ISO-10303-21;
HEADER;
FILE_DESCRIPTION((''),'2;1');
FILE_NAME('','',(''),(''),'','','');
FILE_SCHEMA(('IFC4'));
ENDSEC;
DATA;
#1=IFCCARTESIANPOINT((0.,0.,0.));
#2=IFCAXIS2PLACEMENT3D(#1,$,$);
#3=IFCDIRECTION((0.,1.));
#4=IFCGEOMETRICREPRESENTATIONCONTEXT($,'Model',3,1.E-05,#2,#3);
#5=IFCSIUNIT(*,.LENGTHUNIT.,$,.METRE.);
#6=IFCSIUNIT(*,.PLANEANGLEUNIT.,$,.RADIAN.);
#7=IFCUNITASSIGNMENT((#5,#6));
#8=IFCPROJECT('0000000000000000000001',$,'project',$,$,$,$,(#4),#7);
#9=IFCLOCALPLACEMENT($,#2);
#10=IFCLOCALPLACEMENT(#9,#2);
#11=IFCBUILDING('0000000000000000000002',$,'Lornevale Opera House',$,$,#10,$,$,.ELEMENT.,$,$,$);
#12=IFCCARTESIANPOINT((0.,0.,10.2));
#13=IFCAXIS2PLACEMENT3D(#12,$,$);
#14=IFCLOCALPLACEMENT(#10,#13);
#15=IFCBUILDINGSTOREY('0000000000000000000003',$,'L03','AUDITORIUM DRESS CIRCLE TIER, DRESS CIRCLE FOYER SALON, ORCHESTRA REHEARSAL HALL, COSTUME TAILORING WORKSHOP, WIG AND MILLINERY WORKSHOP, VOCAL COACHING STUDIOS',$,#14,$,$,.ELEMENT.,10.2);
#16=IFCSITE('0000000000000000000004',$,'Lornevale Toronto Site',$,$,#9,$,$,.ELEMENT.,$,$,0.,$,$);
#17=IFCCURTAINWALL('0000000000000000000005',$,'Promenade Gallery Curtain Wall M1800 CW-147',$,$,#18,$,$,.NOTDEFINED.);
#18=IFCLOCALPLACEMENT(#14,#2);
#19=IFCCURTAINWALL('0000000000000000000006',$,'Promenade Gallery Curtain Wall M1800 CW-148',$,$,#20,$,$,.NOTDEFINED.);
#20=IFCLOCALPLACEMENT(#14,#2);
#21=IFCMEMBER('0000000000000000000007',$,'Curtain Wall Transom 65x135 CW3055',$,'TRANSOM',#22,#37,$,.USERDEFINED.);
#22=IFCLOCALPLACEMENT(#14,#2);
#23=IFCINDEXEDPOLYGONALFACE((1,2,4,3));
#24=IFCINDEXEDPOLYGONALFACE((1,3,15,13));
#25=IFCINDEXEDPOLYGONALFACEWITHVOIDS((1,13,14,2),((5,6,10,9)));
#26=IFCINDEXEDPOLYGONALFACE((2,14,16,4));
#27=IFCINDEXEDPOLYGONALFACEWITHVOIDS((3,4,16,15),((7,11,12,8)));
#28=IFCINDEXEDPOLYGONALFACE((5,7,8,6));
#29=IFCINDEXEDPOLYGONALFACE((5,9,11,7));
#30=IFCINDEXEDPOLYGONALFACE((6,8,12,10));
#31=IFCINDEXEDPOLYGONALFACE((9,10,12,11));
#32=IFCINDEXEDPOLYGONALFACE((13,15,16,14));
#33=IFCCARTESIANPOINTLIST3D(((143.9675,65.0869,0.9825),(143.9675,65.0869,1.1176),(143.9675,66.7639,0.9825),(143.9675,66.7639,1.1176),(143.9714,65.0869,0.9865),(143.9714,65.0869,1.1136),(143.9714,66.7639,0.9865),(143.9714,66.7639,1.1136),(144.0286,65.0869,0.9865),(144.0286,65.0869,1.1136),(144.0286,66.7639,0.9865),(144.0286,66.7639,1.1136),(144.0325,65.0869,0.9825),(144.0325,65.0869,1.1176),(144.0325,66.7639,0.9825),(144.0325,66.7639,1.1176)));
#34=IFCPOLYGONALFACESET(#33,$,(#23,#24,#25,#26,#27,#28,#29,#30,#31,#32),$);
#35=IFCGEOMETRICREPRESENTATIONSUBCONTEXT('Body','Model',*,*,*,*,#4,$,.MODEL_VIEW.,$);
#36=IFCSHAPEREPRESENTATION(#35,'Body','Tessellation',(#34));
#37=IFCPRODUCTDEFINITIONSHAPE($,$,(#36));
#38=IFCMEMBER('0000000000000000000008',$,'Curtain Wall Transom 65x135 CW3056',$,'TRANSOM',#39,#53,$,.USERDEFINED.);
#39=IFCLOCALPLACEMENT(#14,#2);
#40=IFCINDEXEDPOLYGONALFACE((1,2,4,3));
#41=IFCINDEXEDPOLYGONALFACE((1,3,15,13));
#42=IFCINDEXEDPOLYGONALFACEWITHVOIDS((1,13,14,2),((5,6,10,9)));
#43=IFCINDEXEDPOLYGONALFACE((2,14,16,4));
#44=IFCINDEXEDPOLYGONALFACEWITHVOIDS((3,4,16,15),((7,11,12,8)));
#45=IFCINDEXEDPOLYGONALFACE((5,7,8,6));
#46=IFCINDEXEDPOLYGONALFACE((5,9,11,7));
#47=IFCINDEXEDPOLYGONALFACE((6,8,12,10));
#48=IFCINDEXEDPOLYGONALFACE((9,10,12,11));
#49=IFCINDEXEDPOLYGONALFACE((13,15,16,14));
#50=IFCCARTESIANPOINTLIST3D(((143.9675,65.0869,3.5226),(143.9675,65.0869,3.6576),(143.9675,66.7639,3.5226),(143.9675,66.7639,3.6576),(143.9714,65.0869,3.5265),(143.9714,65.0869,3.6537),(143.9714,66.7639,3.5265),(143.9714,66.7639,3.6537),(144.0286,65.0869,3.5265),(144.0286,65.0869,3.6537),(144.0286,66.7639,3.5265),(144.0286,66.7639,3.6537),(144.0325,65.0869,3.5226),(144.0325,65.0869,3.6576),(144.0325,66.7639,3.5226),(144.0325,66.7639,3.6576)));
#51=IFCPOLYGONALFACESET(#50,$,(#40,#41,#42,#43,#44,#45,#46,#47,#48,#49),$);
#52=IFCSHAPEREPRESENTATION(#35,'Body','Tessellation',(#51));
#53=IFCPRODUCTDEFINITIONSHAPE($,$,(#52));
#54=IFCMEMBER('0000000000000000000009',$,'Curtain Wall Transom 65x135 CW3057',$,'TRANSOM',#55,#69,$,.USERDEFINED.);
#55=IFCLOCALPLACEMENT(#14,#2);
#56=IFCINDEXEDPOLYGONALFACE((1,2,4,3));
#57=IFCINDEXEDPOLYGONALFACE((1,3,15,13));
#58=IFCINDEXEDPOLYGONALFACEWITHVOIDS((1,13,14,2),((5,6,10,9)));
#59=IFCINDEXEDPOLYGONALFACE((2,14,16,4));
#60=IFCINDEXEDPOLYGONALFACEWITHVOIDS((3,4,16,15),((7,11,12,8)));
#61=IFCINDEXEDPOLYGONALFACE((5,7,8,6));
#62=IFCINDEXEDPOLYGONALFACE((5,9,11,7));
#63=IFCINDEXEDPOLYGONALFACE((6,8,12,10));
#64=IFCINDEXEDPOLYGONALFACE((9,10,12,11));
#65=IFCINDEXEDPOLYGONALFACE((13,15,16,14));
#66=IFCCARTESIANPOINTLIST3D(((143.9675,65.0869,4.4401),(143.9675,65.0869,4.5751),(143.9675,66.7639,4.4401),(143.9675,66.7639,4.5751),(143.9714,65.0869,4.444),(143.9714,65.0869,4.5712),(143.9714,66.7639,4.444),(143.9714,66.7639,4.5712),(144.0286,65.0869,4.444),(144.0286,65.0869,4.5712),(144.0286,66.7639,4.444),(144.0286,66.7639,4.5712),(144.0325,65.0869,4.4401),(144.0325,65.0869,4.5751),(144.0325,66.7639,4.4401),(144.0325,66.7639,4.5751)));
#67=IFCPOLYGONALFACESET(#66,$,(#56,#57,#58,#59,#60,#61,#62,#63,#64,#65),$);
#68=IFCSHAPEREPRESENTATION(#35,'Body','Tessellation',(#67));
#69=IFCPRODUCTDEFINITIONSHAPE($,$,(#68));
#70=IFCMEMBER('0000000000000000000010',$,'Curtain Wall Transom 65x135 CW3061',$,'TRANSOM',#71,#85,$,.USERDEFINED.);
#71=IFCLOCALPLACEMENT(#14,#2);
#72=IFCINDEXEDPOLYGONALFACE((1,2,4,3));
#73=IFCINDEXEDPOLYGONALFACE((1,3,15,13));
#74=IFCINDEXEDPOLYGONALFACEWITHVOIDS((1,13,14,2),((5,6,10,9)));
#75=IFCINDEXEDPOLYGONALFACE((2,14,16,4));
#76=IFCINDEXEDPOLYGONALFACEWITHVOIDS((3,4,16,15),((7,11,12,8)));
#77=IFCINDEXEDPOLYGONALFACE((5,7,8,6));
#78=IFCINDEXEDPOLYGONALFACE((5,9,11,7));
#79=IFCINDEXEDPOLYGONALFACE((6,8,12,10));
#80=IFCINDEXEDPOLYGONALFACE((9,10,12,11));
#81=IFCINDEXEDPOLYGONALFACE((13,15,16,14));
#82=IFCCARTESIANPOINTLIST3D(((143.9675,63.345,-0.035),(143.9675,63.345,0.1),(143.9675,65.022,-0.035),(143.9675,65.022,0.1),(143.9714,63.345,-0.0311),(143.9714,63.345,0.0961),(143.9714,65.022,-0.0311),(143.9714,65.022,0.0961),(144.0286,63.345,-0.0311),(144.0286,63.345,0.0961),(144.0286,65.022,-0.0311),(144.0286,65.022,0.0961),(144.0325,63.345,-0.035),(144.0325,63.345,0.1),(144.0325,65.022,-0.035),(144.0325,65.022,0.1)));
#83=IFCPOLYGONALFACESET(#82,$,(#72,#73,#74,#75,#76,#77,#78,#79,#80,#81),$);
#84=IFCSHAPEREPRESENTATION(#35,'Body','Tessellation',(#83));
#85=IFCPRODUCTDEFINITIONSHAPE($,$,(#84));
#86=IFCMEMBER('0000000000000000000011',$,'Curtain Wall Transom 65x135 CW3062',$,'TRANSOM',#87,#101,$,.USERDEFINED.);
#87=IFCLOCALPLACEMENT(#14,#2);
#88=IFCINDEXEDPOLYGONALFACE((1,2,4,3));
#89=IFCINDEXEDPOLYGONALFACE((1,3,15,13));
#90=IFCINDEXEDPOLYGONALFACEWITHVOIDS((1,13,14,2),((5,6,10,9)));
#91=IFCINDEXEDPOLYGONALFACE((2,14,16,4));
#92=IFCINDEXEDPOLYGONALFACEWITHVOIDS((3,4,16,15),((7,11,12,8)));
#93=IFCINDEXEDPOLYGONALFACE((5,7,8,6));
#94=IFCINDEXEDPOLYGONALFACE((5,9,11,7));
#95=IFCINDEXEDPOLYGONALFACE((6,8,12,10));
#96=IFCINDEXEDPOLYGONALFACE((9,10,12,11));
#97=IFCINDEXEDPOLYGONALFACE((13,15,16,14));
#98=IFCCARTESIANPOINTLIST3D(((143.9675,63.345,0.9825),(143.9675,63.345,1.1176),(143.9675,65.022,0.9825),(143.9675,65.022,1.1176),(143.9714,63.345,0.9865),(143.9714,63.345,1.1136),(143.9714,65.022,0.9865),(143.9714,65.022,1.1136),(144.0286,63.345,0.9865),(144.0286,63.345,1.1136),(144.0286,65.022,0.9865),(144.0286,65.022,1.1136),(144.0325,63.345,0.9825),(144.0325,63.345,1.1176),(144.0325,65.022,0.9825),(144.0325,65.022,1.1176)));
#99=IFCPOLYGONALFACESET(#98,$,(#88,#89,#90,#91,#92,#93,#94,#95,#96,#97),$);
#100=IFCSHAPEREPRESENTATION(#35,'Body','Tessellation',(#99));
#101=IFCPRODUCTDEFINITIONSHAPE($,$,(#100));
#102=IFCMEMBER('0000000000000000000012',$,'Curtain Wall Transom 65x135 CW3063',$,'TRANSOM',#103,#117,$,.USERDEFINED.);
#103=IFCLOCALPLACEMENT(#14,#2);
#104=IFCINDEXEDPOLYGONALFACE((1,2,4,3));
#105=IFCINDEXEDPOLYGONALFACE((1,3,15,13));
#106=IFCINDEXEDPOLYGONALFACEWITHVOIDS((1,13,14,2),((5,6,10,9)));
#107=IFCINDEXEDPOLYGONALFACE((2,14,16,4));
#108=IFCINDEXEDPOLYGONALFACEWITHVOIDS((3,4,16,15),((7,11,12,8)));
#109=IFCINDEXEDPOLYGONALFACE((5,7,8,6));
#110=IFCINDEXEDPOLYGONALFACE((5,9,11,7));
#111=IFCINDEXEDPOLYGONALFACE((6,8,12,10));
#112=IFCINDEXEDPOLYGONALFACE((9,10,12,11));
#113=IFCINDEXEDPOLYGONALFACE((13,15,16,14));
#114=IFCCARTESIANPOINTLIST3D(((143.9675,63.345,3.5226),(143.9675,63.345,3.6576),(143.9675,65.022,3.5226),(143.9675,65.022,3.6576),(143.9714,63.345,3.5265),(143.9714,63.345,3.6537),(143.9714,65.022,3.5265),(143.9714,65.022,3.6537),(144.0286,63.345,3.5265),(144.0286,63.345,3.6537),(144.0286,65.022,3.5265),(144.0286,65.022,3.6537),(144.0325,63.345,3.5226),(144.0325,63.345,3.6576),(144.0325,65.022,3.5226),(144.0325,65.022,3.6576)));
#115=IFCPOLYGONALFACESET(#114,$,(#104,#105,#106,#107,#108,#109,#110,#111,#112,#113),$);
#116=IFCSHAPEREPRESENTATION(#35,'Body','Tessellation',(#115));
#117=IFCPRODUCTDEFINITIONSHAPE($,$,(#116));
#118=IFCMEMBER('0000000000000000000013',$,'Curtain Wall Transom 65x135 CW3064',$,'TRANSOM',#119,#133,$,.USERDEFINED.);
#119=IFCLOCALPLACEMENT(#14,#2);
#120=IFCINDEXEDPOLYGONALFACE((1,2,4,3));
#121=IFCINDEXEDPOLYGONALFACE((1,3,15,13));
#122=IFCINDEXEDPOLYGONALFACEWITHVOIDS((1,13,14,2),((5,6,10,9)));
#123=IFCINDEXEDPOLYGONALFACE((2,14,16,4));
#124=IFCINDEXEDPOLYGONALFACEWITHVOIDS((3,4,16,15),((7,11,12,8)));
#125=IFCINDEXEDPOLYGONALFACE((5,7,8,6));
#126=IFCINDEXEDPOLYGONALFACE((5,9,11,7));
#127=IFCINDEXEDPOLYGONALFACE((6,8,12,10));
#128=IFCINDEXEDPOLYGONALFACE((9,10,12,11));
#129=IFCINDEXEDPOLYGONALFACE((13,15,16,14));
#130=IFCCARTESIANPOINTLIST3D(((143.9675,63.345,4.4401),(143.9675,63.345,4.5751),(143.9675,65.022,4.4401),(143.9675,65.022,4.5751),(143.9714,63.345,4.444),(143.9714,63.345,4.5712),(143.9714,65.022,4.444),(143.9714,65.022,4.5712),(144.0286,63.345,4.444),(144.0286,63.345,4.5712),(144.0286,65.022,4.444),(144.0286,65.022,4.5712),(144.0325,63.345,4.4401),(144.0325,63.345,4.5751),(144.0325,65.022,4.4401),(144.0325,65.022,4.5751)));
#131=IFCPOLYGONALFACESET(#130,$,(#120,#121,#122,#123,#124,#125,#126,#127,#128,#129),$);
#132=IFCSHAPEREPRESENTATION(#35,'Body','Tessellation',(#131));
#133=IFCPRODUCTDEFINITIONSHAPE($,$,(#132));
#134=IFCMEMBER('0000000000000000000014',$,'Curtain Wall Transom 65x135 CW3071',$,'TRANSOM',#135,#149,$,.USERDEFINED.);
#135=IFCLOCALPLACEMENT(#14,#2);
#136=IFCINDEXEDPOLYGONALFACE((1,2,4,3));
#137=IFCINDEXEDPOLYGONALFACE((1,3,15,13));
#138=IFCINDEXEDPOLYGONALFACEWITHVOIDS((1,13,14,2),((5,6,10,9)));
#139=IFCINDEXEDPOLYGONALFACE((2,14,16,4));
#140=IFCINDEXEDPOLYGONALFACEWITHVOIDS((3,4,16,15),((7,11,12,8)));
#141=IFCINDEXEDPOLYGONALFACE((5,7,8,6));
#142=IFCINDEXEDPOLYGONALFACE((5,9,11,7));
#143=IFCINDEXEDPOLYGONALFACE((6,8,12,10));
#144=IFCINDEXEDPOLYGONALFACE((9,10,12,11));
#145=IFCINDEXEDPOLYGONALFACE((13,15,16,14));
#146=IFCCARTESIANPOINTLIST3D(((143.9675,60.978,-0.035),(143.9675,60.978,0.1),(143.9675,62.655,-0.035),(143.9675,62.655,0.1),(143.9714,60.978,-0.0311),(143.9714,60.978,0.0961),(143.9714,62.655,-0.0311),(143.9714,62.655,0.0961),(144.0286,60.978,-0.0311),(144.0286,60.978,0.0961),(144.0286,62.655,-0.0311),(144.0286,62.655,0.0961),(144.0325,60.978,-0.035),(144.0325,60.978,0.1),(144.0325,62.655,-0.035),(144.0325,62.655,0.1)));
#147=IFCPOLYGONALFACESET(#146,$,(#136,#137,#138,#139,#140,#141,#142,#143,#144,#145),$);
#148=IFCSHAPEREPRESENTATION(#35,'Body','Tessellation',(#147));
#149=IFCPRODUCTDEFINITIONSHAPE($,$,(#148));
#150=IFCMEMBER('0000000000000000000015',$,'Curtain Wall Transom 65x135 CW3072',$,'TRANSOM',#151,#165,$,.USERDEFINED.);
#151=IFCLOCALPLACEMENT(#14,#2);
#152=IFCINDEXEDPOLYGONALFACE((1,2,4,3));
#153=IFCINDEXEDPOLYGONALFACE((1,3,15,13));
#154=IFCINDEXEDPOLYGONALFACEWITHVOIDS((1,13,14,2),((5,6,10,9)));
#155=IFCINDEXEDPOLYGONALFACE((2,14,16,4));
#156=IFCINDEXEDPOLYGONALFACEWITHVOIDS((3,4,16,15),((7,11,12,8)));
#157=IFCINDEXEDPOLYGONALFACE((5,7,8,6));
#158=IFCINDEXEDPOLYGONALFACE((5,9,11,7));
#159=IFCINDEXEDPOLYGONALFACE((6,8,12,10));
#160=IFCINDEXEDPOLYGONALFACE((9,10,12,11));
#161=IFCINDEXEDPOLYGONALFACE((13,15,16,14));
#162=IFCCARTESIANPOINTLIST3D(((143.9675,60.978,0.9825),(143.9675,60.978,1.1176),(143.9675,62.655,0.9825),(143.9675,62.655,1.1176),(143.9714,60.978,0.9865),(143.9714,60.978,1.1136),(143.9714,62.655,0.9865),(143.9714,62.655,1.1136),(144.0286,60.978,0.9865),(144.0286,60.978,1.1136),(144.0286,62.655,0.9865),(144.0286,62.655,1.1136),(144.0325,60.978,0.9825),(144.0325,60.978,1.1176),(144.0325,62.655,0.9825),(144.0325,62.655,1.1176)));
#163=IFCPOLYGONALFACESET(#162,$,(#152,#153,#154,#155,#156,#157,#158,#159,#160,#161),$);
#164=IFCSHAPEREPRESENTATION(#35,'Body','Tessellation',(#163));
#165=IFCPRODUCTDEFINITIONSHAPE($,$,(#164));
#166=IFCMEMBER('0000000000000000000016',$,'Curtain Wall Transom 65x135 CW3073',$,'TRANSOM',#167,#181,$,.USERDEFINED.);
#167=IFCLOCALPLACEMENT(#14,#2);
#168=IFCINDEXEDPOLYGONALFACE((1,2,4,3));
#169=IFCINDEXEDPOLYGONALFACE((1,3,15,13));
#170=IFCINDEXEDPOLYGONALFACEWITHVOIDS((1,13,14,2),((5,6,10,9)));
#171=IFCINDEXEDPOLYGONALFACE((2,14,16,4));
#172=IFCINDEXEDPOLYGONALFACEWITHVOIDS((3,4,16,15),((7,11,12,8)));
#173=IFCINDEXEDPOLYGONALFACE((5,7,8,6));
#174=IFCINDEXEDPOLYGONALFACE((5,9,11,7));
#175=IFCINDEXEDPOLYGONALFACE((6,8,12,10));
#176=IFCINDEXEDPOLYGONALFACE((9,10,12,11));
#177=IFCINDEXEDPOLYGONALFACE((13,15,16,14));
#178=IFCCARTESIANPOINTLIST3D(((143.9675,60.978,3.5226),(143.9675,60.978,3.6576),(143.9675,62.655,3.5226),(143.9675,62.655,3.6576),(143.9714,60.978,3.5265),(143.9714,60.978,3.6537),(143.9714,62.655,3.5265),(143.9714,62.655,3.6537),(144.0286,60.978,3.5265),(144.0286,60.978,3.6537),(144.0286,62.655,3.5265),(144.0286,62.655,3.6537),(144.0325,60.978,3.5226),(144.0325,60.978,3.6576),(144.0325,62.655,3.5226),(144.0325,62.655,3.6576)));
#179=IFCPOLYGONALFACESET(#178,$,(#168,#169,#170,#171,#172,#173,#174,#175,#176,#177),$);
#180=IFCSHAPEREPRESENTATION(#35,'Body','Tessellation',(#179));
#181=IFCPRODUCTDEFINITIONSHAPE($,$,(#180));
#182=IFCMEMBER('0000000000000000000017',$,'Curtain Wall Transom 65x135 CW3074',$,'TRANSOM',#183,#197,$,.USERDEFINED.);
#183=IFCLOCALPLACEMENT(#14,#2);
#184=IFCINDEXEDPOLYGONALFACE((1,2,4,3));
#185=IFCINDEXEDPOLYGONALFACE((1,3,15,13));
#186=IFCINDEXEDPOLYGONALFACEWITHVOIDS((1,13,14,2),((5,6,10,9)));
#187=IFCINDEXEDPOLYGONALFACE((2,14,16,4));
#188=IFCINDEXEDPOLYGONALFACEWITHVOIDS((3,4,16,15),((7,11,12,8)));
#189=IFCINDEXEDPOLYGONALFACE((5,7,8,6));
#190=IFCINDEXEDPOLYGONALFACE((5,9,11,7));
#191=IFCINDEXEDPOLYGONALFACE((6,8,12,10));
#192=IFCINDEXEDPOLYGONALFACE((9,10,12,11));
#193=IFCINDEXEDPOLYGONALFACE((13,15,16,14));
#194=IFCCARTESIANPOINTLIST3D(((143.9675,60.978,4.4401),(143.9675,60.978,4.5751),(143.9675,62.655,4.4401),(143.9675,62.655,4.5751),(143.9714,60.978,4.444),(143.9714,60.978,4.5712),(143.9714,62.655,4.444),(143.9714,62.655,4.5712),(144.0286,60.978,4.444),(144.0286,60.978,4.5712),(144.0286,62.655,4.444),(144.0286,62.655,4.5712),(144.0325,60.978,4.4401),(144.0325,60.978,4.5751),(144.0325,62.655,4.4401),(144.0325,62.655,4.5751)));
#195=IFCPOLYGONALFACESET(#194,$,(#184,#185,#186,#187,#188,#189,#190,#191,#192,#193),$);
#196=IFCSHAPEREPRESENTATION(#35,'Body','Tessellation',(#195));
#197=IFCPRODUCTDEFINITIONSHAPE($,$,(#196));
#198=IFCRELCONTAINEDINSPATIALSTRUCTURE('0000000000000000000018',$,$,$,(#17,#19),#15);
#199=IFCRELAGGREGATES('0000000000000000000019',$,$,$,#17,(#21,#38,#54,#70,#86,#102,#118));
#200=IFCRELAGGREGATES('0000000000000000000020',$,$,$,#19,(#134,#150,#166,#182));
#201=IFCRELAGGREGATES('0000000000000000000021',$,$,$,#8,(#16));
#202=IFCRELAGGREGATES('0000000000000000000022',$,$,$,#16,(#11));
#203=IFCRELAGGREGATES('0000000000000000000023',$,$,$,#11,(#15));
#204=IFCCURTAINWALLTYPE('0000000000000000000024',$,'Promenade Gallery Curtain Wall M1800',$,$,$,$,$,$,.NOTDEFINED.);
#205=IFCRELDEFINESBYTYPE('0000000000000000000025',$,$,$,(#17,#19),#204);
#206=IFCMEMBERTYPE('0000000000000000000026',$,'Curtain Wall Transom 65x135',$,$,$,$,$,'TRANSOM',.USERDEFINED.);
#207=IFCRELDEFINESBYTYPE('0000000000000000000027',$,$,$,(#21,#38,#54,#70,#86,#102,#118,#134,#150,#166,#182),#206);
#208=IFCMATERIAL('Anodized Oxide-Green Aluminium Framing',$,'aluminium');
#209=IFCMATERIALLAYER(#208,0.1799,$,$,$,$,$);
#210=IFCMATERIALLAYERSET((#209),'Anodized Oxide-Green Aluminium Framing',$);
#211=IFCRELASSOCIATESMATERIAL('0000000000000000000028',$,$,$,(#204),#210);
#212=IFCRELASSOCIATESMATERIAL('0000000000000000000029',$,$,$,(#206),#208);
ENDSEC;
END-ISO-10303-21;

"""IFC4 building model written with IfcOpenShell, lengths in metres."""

from ifc_helpers import new_model, si_unit, direction, frame, origin, origin_2d, place, context, subcontext, project, spatial, hollow_rectangle, extrude, material, layer, layer_set, material_profile, profile_set, type_object, element, aggregate, save


model = new_model("IFC4")

# Units and contexts
model_context = context("Model", 3, precision=1e-05, world=origin(), true_north=direction((0.0, 1.0)))
body_context = subcontext(model_context, "Body", "Model", "MODEL_VIEW")
ifc_project = project(units=[si_unit("LENGTHUNIT", "METRE"), si_unit("PLANEANGLEUNIT", "RADIAN")], contexts=[model_context])

# Site, building, storey
site_placement = place(None, origin())
site = spatial("IfcSite", under=ifc_project, at=site_placement, Name="Lornevale Toronto Site", CompositionType="ELEMENT", RefElevation=0.0)
building_placement = place(site_placement, origin())
building = spatial("IfcBuilding", under=site, at=building_placement, Name="Lornevale Opera House", CompositionType="ELEMENT")
storey_placement = place(building_placement, frame((0.0, 0.0, 10.2)))
storey = spatial("IfcBuildingStorey", under=building, at=storey_placement, Name="L03", Description="AUDITORIUM DRESS CIRCLE TIER, DRESS CIRCLE FOYER SALON, ORCHESTRA REHEARSAL HALL, COSTUME TAILORING WORKSHOP, WIG AND MILLINERY WORKSHOP, VOCAL COACHING STUDIOS", CompositionType="ELEMENT", Elevation=10.2)

# Curtain wall
ifc_material_1 = material(Name="Anodized Oxide-Green Aluminium Framing", Category="aluminium")
ifc_layer_1 = layer(ifc_material_1, 0.1799)
ifc_layer_set_1 = layer_set([ifc_layer_1], Name="Anodized Oxide-Green Aluminium Framing")
curtain_wall_type = type_object("IfcCurtainWallType", Name="Promenade Gallery Curtain Wall M1800", PredefinedType="NOTDEFINED", material=ifc_layer_set_1)
curtain_wall_1_placement = place(storey_placement, origin())
curtain_wall_1 = element("IfcCurtainWall", 1, at=curtain_wall_1_placement, inside=storey, type_object=curtain_wall_type, Name="Promenade Gallery Curtain Wall M1800 CW-147", PredefinedType="NOTDEFINED")

# Curtain wall
curtain_wall_2_placement = place(storey_placement, origin())
curtain_wall_2 = element("IfcCurtainWall", 2, at=curtain_wall_2_placement, inside=storey, type_object=curtain_wall_type, Name="Promenade Gallery Curtain Wall M1800 CW-148", PredefinedType="NOTDEFINED")

# Members
ifc_material_profile_1 = material_profile(ifc_material_1, hollow_rectangle(XDim=0.0649, YDim=0.135, WallThickness=0.0039, at=origin_2d()), Name="ALU65x135x4")
ifc_profile_set_1 = profile_set([ifc_material_profile_1], Name="Anodized Oxide-Green Aluminium Framing")
member_type_1 = type_object("IfcMemberType", Name="Curtain Wall Transom 65x135", ElementType="TRANSOM", PredefinedType="USERDEFINED", material=ifc_profile_set_1)
member_1_placement = place(storey_placement, frame((144.0, 66.7639, 1.05), z_axis=(0.0, -1.0, 0.0), x_axis=(1.0, 0.0, 0.0)))
member_1 = element("IfcMember", 3, at=member_1_placement, type_object=member_type_1, Name="Curtain Wall Transom 65x135 CW3055", ObjectType="TRANSOM", PredefinedType="USERDEFINED", context=body_context, shape_type="SweptSolid", body=[
    extrude(hollow_rectangle(XDim=0.0649, YDim=0.135, WallThickness=0.0039, at=origin_2d()), origin(), (0.0, 0.0, 1.0), 1.677),
])
member_2_placement = place(storey_placement, frame((144.0, 66.7639, 3.5901), z_axis=(0.0, -1.0, 0.0), x_axis=(1.0, 0.0, 0.0)))
member_2 = element("IfcMember", 4, at=member_2_placement, type_object=member_type_1, Name="Curtain Wall Transom 65x135 CW3056", ObjectType="TRANSOM", PredefinedType="USERDEFINED", context=body_context, shape_type="SweptSolid", body=[
    extrude(hollow_rectangle(XDim=0.0649, YDim=0.135, WallThickness=0.0039, at=origin_2d()), origin(), (0.0, 0.0, 1.0), 1.677),
])
member_3_placement = place(storey_placement, frame((144.0, 66.7639, 4.5076), z_axis=(0.0, -1.0, 0.0), x_axis=(1.0, 0.0, 0.0)))
member_3 = element("IfcMember", 5, at=member_3_placement, type_object=member_type_1, Name="Curtain Wall Transom 65x135 CW3057", ObjectType="TRANSOM", PredefinedType="USERDEFINED", context=body_context, shape_type="SweptSolid", body=[
    extrude(hollow_rectangle(XDim=0.0649, YDim=0.135, WallThickness=0.0039, at=origin_2d()), origin(), (0.0, 0.0, 1.0), 1.677),
])
member_4_placement = place(storey_placement, frame((144.0, 65.022, 0.0325), z_axis=(0.0, -1.0, 0.0), x_axis=(1.0, 0.0, 0.0)))
member_4 = element("IfcMember", 6, at=member_4_placement, type_object=member_type_1, Name="Curtain Wall Transom 65x135 CW3061", ObjectType="TRANSOM", PredefinedType="USERDEFINED", context=body_context, shape_type="SweptSolid", body=[
    extrude(hollow_rectangle(XDim=0.0649, YDim=0.135, WallThickness=0.0039, at=origin_2d()), origin(), (0.0, 0.0, 1.0), 1.677),
])
member_5_placement = place(storey_placement, frame((144.0, 65.022, 1.05), z_axis=(0.0, -1.0, 0.0), x_axis=(1.0, 0.0, 0.0)))
member_5 = element("IfcMember", 7, at=member_5_placement, type_object=member_type_1, Name="Curtain Wall Transom 65x135 CW3062", ObjectType="TRANSOM", PredefinedType="USERDEFINED", context=body_context, shape_type="SweptSolid", body=[
    extrude(hollow_rectangle(XDim=0.0649, YDim=0.135, WallThickness=0.0039, at=origin_2d()), origin(), (0.0, 0.0, 1.0), 1.677),
])
member_6_placement = place(storey_placement, frame((144.0, 65.022, 3.5901), z_axis=(0.0, -1.0, 0.0), x_axis=(1.0, 0.0, 0.0)))
member_6 = element("IfcMember", 8, at=member_6_placement, type_object=member_type_1, Name="Curtain Wall Transom 65x135 CW3063", ObjectType="TRANSOM", PredefinedType="USERDEFINED", context=body_context, shape_type="SweptSolid", body=[
    extrude(hollow_rectangle(XDim=0.0649, YDim=0.135, WallThickness=0.0039, at=origin_2d()), origin(), (0.0, 0.0, 1.0), 1.677),
])
member_7_placement = place(storey_placement, frame((144.0, 65.022, 4.5076), z_axis=(0.0, -1.0, 0.0), x_axis=(1.0, 0.0, 0.0)))
member_7 = element("IfcMember", 9, at=member_7_placement, type_object=member_type_1, Name="Curtain Wall Transom 65x135 CW3064", ObjectType="TRANSOM", PredefinedType="USERDEFINED", context=body_context, shape_type="SweptSolid", body=[
    extrude(hollow_rectangle(XDim=0.0649, YDim=0.135, WallThickness=0.0039, at=origin_2d()), origin(), (0.0, 0.0, 1.0), 1.677),
])
member_8_placement = place(storey_placement, frame((144.0, 62.655, 0.0325), z_axis=(0.0, -1.0, 0.0), x_axis=(1.0, 0.0, 0.0)))
member_8 = element("IfcMember", 10, at=member_8_placement, type_object=member_type_1, Name="Curtain Wall Transom 65x135 CW3071", ObjectType="TRANSOM", PredefinedType="USERDEFINED", context=body_context, shape_type="SweptSolid", body=[
    extrude(hollow_rectangle(XDim=0.0649, YDim=0.135, WallThickness=0.0039, at=origin_2d()), origin(), (0.0, 0.0, 1.0), 1.677),
])
member_9_placement = place(storey_placement, frame((144.0, 62.655, 1.05), z_axis=(0.0, -1.0, 0.0), x_axis=(1.0, 0.0, 0.0)))
member_9 = element("IfcMember", 11, at=member_9_placement, type_object=member_type_1, Name="Curtain Wall Transom 65x135 CW3072", ObjectType="TRANSOM", PredefinedType="USERDEFINED", context=body_context, shape_type="SweptSolid", body=[
    extrude(hollow_rectangle(XDim=0.0649, YDim=0.135, WallThickness=0.0039, at=origin_2d()), origin(), (0.0, 0.0, 1.0), 1.677),
])
member_10_placement = place(storey_placement, frame((144.0, 62.655, 3.5901), z_axis=(0.0, -1.0, 0.0), x_axis=(1.0, 0.0, 0.0)))
member_10 = element("IfcMember", 12, at=member_10_placement, type_object=member_type_1, Name="Curtain Wall Transom 65x135 CW3073", ObjectType="TRANSOM", PredefinedType="USERDEFINED", context=body_context, shape_type="SweptSolid", body=[
    extrude(hollow_rectangle(XDim=0.0649, YDim=0.135, WallThickness=0.0039, at=origin_2d()), origin(), (0.0, 0.0, 1.0), 1.677),
])
member_11_placement = place(storey_placement, frame((144.0, 62.655, 4.5076), z_axis=(0.0, -1.0, 0.0), x_axis=(1.0, 0.0, 0.0)))
member_11 = element("IfcMember", 13, at=member_11_placement, type_object=member_type_1, Name="Curtain Wall Transom 65x135 CW3074", ObjectType="TRANSOM", PredefinedType="USERDEFINED", context=body_context, shape_type="SweptSolid", body=[
    extrude(hollow_rectangle(XDim=0.0649, YDim=0.135, WallThickness=0.0039, at=origin_2d()), origin(), (0.0, 0.0, 1.0), 1.677),
])

aggregate(curtain_wall_1, [member_1, member_2, member_3, member_4, member_5, member_6, member_7])
aggregate(curtain_wall_2, [member_8, member_9, member_10, member_11])

save(model, "model.ifc")
